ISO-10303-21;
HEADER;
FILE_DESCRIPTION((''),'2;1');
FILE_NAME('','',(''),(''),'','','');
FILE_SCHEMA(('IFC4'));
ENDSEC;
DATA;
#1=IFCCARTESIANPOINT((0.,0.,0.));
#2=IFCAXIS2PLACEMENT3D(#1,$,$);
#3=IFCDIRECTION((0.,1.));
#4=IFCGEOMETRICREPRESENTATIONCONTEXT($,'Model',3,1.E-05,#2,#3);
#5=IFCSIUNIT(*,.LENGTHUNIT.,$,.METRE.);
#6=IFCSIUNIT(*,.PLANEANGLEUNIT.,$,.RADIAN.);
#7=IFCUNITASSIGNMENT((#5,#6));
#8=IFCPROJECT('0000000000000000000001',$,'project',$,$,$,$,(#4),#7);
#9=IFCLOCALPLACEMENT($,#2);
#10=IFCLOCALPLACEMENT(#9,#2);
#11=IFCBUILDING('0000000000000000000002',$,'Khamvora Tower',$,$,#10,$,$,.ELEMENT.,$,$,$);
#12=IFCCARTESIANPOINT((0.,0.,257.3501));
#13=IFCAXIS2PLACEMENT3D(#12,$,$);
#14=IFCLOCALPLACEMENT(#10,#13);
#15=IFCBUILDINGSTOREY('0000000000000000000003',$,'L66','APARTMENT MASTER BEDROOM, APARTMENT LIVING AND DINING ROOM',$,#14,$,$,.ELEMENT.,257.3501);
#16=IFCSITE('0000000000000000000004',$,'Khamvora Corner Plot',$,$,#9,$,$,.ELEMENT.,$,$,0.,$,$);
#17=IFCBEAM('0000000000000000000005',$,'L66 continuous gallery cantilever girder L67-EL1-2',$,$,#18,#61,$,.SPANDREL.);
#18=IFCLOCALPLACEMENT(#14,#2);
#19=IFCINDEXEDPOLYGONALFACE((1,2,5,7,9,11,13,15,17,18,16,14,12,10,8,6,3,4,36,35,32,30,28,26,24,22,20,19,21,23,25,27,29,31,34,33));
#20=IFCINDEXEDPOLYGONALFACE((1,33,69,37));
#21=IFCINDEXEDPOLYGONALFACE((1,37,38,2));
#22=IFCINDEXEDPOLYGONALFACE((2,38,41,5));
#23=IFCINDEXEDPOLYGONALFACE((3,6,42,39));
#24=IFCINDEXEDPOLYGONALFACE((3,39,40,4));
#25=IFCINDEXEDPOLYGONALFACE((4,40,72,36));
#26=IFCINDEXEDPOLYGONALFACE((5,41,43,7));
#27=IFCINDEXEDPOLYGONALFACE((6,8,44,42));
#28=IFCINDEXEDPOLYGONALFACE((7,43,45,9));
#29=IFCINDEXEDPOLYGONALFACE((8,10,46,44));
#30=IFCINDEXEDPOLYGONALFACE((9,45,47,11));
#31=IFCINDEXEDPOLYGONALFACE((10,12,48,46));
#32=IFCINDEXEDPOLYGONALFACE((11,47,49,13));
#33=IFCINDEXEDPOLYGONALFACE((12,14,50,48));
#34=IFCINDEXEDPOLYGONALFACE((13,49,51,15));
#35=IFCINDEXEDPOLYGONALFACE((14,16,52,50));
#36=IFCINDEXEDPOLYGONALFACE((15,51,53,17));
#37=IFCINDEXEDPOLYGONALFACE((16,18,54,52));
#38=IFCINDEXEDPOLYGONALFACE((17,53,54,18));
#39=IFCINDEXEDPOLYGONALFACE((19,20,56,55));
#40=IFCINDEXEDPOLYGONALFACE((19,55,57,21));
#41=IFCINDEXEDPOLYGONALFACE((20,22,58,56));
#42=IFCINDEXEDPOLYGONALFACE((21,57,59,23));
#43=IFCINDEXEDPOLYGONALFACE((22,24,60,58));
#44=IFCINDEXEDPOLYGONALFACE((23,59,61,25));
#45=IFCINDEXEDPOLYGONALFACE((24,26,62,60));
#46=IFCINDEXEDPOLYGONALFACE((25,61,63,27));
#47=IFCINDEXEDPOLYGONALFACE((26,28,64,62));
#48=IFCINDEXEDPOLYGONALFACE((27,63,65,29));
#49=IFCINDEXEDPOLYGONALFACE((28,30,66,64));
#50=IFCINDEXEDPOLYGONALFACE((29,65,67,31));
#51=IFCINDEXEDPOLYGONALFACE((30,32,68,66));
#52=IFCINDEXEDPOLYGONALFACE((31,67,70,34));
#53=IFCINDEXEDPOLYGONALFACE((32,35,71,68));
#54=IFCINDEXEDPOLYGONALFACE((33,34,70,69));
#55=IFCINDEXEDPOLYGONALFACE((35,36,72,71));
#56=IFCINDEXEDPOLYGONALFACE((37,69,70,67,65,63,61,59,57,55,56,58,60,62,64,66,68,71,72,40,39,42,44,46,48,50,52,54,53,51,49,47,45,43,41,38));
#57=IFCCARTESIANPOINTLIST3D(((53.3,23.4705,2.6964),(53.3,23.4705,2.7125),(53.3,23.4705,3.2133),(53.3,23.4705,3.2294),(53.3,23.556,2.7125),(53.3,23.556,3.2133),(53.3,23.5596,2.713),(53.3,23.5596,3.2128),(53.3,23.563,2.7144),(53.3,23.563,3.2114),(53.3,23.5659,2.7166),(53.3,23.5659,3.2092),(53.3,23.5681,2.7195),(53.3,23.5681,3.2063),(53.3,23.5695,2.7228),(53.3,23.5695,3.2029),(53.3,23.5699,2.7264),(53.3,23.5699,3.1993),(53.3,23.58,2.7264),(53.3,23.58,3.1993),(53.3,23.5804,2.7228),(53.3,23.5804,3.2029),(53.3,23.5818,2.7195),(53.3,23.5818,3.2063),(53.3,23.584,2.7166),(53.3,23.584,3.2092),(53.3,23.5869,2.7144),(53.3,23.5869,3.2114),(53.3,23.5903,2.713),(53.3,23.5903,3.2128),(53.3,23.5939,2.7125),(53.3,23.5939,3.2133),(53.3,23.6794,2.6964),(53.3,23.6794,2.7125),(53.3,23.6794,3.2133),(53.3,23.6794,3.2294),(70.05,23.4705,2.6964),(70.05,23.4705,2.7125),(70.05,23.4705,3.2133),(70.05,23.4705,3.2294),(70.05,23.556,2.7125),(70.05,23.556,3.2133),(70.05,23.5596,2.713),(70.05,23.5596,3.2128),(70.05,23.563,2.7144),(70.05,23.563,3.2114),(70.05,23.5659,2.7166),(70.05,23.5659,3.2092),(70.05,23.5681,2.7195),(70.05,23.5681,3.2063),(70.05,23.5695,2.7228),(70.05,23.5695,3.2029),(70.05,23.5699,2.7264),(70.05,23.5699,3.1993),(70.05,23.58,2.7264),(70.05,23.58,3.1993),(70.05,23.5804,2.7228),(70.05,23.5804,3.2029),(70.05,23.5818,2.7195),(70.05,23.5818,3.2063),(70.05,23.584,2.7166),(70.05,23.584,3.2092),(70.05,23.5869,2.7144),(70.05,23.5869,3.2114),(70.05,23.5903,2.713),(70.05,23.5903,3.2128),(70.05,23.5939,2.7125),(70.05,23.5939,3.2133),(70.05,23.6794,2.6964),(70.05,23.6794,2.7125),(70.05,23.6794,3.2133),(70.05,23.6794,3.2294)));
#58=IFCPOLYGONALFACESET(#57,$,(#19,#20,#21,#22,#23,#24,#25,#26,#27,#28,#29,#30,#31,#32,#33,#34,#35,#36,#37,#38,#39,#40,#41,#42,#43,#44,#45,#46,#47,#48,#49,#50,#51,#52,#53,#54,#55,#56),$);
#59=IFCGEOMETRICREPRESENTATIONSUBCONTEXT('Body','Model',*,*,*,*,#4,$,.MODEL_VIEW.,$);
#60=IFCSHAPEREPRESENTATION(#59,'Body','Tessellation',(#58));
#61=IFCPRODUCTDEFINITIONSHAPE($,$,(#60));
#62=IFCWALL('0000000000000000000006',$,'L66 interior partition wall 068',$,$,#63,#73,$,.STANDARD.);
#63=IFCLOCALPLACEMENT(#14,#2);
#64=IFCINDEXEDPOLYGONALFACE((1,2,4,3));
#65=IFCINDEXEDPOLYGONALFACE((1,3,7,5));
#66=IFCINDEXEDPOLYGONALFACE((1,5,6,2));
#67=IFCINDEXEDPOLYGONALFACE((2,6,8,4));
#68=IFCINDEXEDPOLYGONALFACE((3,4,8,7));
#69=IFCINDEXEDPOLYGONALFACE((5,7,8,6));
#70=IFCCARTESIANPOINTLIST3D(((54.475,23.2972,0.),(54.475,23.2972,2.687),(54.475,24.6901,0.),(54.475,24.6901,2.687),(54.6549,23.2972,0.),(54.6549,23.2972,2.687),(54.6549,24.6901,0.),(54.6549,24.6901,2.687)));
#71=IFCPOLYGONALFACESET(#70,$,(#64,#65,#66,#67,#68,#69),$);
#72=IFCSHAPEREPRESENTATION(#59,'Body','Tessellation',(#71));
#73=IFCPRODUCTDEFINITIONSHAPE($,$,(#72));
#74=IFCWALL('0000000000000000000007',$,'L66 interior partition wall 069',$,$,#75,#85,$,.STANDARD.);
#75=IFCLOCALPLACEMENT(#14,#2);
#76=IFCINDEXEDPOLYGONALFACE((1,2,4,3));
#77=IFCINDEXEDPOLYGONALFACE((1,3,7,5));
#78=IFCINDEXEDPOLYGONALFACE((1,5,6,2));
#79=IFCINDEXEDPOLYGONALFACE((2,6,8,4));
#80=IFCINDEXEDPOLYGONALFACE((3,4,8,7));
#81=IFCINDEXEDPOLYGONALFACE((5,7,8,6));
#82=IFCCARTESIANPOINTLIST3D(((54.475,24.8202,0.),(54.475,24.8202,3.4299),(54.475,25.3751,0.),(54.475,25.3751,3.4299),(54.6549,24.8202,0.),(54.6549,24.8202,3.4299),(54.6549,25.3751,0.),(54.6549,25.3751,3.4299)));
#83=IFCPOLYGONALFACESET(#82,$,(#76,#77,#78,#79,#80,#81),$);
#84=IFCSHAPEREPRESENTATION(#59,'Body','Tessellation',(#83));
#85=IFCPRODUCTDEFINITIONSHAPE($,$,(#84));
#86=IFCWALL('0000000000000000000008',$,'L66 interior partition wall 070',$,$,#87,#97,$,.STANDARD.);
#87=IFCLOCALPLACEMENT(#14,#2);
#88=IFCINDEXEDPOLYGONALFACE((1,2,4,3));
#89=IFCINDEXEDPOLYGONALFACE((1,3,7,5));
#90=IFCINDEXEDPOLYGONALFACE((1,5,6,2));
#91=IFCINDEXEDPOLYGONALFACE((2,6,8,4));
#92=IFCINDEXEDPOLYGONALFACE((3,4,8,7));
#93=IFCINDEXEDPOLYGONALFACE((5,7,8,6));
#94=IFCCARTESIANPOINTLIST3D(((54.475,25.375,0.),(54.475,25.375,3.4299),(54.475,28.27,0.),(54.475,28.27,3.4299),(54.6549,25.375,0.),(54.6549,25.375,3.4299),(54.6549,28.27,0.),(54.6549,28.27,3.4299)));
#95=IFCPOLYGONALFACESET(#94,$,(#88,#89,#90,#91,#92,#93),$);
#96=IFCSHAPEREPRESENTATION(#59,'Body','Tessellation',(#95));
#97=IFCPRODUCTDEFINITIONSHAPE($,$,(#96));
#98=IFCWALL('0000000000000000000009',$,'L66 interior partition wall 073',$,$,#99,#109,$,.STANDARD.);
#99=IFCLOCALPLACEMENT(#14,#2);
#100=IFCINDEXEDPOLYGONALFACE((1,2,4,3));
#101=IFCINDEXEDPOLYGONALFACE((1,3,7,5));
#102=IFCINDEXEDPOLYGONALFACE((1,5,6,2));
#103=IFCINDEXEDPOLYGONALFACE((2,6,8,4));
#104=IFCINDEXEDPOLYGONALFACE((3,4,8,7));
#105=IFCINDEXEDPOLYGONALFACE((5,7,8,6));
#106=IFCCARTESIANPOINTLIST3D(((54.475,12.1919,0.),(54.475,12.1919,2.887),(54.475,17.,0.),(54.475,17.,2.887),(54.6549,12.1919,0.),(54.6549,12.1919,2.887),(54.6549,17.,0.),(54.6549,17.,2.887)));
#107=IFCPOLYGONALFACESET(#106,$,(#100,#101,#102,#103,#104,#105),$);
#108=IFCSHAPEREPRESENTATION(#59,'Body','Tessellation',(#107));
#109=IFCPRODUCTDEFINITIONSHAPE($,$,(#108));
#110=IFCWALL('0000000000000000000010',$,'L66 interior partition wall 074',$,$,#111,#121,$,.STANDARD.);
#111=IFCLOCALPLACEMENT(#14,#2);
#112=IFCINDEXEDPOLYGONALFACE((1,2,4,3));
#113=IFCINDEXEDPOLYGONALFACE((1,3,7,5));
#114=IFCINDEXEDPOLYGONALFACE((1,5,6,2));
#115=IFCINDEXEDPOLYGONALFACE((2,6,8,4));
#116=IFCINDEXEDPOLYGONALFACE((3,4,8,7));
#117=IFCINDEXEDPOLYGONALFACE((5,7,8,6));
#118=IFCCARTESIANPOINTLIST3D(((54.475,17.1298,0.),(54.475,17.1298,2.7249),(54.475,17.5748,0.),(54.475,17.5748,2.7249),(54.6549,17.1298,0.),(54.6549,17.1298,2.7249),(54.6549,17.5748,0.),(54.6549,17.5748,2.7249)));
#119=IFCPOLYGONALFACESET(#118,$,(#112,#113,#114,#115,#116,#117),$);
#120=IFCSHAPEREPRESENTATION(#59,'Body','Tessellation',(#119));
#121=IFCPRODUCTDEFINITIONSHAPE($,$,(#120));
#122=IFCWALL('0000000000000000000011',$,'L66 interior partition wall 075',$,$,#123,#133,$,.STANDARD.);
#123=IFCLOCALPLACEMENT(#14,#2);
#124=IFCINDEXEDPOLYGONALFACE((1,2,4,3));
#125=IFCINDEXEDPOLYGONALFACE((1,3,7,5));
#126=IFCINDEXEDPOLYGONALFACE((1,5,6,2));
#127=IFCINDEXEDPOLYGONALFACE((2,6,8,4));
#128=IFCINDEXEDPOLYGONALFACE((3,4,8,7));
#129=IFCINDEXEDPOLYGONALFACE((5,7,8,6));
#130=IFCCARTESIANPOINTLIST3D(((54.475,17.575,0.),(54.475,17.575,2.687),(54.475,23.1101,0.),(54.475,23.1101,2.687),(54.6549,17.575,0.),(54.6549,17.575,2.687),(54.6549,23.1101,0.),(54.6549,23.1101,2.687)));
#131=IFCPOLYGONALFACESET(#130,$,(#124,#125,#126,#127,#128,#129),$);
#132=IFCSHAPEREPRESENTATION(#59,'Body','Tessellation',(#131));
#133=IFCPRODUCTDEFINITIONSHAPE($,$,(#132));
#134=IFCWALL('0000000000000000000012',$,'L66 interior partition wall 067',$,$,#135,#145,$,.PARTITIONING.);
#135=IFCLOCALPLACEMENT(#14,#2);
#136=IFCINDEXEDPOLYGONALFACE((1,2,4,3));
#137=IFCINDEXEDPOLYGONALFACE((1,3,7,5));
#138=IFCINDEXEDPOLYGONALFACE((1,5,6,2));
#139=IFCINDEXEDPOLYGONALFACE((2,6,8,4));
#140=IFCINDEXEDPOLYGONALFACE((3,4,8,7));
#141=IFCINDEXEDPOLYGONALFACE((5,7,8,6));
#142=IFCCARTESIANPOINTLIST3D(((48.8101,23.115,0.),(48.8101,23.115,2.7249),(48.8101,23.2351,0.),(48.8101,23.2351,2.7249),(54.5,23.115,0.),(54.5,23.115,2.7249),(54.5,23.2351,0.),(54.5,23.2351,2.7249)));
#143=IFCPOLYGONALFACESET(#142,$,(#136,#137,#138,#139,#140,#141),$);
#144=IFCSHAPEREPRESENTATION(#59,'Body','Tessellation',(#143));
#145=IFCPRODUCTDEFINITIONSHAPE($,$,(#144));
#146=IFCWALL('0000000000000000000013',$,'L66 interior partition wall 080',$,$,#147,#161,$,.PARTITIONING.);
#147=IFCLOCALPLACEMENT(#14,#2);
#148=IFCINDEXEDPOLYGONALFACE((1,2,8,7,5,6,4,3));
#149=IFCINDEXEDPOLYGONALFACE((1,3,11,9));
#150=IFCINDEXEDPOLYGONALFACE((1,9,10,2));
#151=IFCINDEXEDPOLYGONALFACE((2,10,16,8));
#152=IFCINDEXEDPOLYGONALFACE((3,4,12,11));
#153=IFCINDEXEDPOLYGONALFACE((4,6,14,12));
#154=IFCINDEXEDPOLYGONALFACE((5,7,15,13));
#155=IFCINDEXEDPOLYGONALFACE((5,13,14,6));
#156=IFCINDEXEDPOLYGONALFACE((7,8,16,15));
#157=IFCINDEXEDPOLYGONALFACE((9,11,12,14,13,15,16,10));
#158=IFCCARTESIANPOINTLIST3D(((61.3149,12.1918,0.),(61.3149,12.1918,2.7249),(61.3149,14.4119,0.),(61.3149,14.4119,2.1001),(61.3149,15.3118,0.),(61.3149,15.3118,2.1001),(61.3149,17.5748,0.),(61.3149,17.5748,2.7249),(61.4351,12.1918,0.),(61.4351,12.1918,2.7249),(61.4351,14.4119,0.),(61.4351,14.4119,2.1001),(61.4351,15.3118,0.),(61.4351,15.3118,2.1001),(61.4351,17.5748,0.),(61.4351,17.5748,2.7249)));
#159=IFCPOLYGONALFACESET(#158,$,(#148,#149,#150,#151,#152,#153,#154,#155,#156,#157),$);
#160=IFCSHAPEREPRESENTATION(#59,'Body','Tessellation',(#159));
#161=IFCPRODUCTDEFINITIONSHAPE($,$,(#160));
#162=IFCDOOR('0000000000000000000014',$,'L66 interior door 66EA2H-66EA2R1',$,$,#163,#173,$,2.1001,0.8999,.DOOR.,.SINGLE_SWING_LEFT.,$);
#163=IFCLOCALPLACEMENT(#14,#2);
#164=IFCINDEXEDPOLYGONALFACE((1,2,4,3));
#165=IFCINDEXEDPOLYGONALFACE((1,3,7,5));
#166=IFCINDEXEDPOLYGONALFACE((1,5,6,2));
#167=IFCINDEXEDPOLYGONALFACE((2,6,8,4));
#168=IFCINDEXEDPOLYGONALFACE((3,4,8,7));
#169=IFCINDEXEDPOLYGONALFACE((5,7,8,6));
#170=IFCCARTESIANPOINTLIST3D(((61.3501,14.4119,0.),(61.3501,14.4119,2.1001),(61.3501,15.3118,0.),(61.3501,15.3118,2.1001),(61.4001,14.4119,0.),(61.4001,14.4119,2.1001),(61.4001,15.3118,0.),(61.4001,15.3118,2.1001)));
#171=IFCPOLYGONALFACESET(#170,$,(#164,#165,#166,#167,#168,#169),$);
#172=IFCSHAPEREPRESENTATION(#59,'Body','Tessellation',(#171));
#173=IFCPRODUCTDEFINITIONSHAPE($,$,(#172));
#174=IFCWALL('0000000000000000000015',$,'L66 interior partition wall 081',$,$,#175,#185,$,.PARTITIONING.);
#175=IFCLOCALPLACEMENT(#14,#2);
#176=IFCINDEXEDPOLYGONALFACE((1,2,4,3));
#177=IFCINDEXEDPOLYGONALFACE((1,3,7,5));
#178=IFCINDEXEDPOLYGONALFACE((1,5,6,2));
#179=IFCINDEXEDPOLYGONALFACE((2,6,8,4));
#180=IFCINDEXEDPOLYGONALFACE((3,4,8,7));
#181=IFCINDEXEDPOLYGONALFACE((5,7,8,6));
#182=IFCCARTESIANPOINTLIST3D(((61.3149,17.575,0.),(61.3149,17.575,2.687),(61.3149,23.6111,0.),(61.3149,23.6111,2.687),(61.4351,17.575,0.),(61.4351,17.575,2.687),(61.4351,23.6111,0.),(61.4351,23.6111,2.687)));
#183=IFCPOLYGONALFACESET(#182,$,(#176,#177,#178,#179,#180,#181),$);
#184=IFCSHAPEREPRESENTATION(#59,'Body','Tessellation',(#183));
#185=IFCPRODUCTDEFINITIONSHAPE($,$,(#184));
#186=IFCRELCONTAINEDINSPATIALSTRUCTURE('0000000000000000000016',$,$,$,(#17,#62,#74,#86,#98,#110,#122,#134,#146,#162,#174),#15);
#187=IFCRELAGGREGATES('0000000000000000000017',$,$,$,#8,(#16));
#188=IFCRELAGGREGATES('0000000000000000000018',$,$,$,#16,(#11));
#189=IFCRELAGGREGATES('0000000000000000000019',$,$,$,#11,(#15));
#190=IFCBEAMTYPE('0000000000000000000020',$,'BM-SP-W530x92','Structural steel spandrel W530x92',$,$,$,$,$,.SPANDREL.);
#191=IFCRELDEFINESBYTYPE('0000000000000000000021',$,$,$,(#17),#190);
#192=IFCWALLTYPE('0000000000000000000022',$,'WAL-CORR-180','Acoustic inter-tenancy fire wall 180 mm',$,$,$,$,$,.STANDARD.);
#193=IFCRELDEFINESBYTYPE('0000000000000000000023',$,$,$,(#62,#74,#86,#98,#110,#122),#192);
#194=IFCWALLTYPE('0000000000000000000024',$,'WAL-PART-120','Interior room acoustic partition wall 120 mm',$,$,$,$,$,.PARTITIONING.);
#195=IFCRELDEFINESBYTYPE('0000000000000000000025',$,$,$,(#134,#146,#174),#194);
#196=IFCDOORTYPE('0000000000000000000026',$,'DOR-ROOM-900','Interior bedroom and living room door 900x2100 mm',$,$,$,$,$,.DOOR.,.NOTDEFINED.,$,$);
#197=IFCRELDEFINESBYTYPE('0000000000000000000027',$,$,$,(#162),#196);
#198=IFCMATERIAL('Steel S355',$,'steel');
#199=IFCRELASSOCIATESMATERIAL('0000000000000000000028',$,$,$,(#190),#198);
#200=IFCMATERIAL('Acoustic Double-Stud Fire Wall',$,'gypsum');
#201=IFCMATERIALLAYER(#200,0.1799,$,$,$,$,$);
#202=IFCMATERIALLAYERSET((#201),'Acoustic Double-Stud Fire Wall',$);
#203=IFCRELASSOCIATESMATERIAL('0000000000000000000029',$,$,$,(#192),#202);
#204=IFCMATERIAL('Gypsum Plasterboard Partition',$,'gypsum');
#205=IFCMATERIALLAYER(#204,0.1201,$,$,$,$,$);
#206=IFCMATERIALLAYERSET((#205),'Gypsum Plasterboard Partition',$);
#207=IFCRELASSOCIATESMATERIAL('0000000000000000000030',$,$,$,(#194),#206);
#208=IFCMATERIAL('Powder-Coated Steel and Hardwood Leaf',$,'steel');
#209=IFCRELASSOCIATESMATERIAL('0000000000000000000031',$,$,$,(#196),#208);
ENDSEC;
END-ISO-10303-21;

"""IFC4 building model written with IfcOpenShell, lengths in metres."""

from ifc_helpers import new_model, si_unit, direction, frame, frame_2d, origin, origin_2d, place, context, subcontext, project, spatial, rectangle, i_section, extrude, material, layer, layer_set, material_profile, profile_set, type_object, element, fill, save


model = new_model("IFC4")

# Units and contexts
model_context = context("Model", 3, precision=1e-05, world=origin(), true_north=direction((0.0, 1.0)))
body_context = subcontext(model_context, "Body", "Model", "MODEL_VIEW")
ifc_project = project(units=[si_unit("LENGTHUNIT", "METRE"), si_unit("PLANEANGLEUNIT", "RADIAN")], contexts=[model_context])

# Site, building, storey
site_placement = place(None, origin())
site = spatial("IfcSite", under=ifc_project, at=site_placement, Name="Khamvora Corner Plot", CompositionType="ELEMENT", RefElevation=0.0)
building_placement = place(site_placement, origin())
building = spatial("IfcBuilding", under=site, at=building_placement, Name="Khamvora Tower", CompositionType="ELEMENT")
storey_placement = place(building_placement, frame((0.0, 0.0, 257.3501)))
storey = spatial("IfcBuildingStorey", under=building, at=storey_placement, Name="L66", Description="APARTMENT MASTER BEDROOM, APARTMENT LIVING AND DINING ROOM", CompositionType="ELEMENT", Elevation=257.3501)

# Beam
ifc_material_1 = material(Name="Steel S355", Category="steel")
ifc_material_profile_1 = material_profile(ifc_material_1, i_section(OverallWidth=0.209, OverallDepth=0.533, WebThickness=0.01, FlangeThickness=0.0161, FilletRadius=0.0139, at=origin_2d()), Name="W530x92")
ifc_profile_set_1 = profile_set([ifc_material_profile_1], Name="Steel S355")
beam_type_1 = type_object("IfcBeamType", Name="BM-SP-W530x92", Description="Structural steel spandrel W530x92", PredefinedType="SPANDREL", material=ifc_profile_set_1)
for number, where, z_axis, x_axis, name in (
    (1, (53.3, 23.575, 2.9629), (1.0, 0.0, 0.0), (0.0, 1.0, 0.0), "L66 continuous gallery cantilever girder L67-EL1-2"),
):
    element("IfcBeam", number, at=place(storey_placement, frame(where, z_axis=z_axis, x_axis=x_axis)), inside=storey, type_object=beam_type_1, Name=name, PredefinedType="SPANDREL", context=body_context, shape_type="SweptSolid", body=[
        extrude(i_section(OverallWidth=0.209, OverallDepth=0.533, WebThickness=0.01, FlangeThickness=0.0161, FilletRadius=0.0139, at=origin_2d()), origin(), (0.0, 0.0, 1.0), 16.75),
    ])

# Walls
ifc_material_2 = material(Name="Acoustic Double-Stud Fire Wall", Category="gypsum")
ifc_layer_1 = layer(ifc_material_2, 0.1799)
ifc_layer_set_1 = layer_set([ifc_layer_1], Name="Acoustic Double-Stud Fire Wall")
wall_type_1 = type_object("IfcWallType", Name="WAL-CORR-180", Description="Acoustic inter-tenancy fire wall 180 mm", PredefinedType="STANDARD", material=ifc_layer_set_1)
wall_1_placement = place(storey_placement, frame((54.5649, 24.6899, 0.0), z_axis=(0.0, 0.0, 1.0), x_axis=(0.0, -1.0, 0.0)))
element("IfcWall", 2, at=wall_1_placement, inside=storey, type_object=wall_type_1, Name="L66 interior partition wall 068", PredefinedType="STANDARD", context=body_context, shape_type="SweptSolid", body=[
    extrude(rectangle(XDim=1.3928, YDim=0.1799, at=frame_2d((0.6963, 0.0))), origin(), (0.0, 0.0, 1.0), 2.687),
])
wall_2_placement = place(storey_placement, frame((54.5649, 25.375, 0.0), z_axis=(0.0, 0.0, 1.0), x_axis=(0.0, -1.0, 0.0)))
element("IfcWall", 3, at=wall_2_placement, inside=storey, type_object=wall_type_1, Name="L66 interior partition wall 069", PredefinedType="STANDARD", context=body_context, shape_type="SweptSolid", body=[
    extrude(rectangle(XDim=0.5549, YDim=0.1799, at=frame_2d((0.2773, 0.0))), origin(), (0.0, 0.0, 1.0), 3.4299),
])
wall_3_placement = place(storey_placement, frame((54.5649, 28.27, 0.0), z_axis=(0.0, 0.0, 1.0), x_axis=(0.0, -1.0, 0.0)))
element("IfcWall", 4, at=wall_3_placement, inside=storey, type_object=wall_type_1, Name="L66 interior partition wall 070", PredefinedType="STANDARD", context=body_context, shape_type="SweptSolid", body=[
    extrude(rectangle(XDim=2.895, YDim=0.1799, at=frame_2d((1.4475, 0.0))), origin(), (0.0, 0.0, 1.0), 3.4299),
])
wall_4_placement = place(storey_placement, frame((54.5649, 17.0, 0.0), z_axis=(0.0, 0.0, 1.0), x_axis=(0.0, -1.0, 0.0)))
element("IfcWall", 5, at=wall_4_placement, inside=storey, type_object=wall_type_1, Name="L66 interior partition wall 073", PredefinedType="STANDARD", context=body_context, shape_type="SweptSolid", body=[
    extrude(rectangle(XDim=4.8081, YDim=0.1799, at=frame_2d((2.4041, 0.0))), origin(), (0.0, 0.0, 1.0), 2.887),
])
wall_5_placement = place(storey_placement, frame((54.5649, 17.575, 0.0), z_axis=(0.0, 0.0, 1.0), x_axis=(0.0, -1.0, 0.0)))
element("IfcWall", 6, at=wall_5_placement, inside=storey, type_object=wall_type_1, Name="L66 interior partition wall 074", PredefinedType="STANDARD", context=body_context, shape_type="SweptSolid", body=[
    extrude(rectangle(XDim=0.4451, YDim=0.1799, at=frame_2d((0.2227, 0.0))), origin(), (0.0, 0.0, 1.0), 2.7249),
])
wall_6_placement = place(storey_placement, frame((54.5649, 23.1101, 0.0), z_axis=(0.0, 0.0, 1.0), x_axis=(0.0, -1.0, 0.0)))
element("IfcWall", 7, at=wall_6_placement, inside=storey, type_object=wall_type_1, Name="L66 interior partition wall 075", PredefinedType="STANDARD", context=body_context, shape_type="SweptSolid", body=[
    extrude(rectangle(XDim=5.5352, YDim=0.1799, at=frame_2d((2.7676, 0.0))), origin(), (0.0, 0.0, 1.0), 2.687),
])
ifc_material_3 = material(Name="Gypsum Plasterboard Partition", Category="gypsum")
ifc_layer_2 = layer(ifc_material_3, 0.1201)
ifc_layer_set_2 = layer_set([ifc_layer_2], Name="Gypsum Plasterboard Partition")
wall_type_2 = type_object("IfcWallType", Name="WAL-PART-120", Description="Interior room acoustic partition wall 120 mm", PredefinedType="PARTITIONING", material=ifc_layer_set_2)
wall_7_placement = place(storey_placement, frame((54.5, 23.175, 0.0), z_axis=(0.0, 0.0, 1.0), x_axis=(-1.0, 0.0, 0.0)))
element("IfcWall", 8, at=wall_7_placement, inside=storey, type_object=wall_type_2, Name="L66 interior partition wall 067", PredefinedType="PARTITIONING", context=body_context, shape_type="SweptSolid", body=[
    extrude(rectangle(XDim=5.6899, YDim=0.1201, at=frame_2d((2.845, 0.0))), origin(), (0.0, 0.0, 1.0), 2.7249),
])

# Wall, opening, door
wall_8_placement = place(storey_placement, frame((61.375, 12.1919, 0.0), z_axis=(0.0, 0.0, 1.0), x_axis=(0.0, 1.0, 0.0)))
wall_8 = element("IfcWall", 9, at=wall_8_placement, inside=storey, type_object=wall_type_2, Name="L66 interior partition wall 080", PredefinedType="PARTITIONING", context=body_context, shape_type="SweptSolid", body=[
    extrude(rectangle(XDim=5.3831, YDim=0.1201, at=frame_2d((2.6914, 0.0))), origin(), (0.0, 0.0, 1.0), 2.7249),
])
opening_1_placement = place(wall_8_placement, frame((2.22, 0.0, 0.0)))
opening_1 = element("IfcOpeningElement", 10, at=opening_1_placement, cuts=wall_8, PredefinedType="OPENING", context=body_context, shape_type="SweptSolid", body=[
    extrude(rectangle(XDim=0.8999, YDim=2.1001, at=frame_2d((0.45, 1.05))), frame((0.0, 0.0701, 0.0), z_axis=(0.0, -1.0, 0.0), x_axis=(1.0, 0.0, 0.0)), (0.0, 0.0, 1.0), 0.1401),
])
ifc_material_4 = material(Name="Powder-Coated Steel and Hardwood Leaf", Category="steel")
door_type_1 = type_object("IfcDoorType", Name="DOR-ROOM-900", Description="Interior bedroom and living room door 900x2100 mm", OperationType="NOTDEFINED", PredefinedType="DOOR", material=ifc_material_4)
door_1_placement = place(opening_1_placement, origin())
door_1 = element("IfcDoor", 11, at=door_1_placement, inside=storey, type_object=door_type_1, Name="L66 interior door 66EA2H-66EA2R1", OperationType="SINGLE_SWING_LEFT", OverallHeight=2.1001, OverallWidth=0.8999, PredefinedType="DOOR", context=body_context, shape_type="SweptSolid", body=[
    extrude(rectangle(XDim=0.8999, YDim=2.1001, at=frame_2d((0.45, 1.05))), frame((0.0, 0.0249, 0.0), z_axis=(0.0, -1.0, 0.0), x_axis=(1.0, 0.0, 0.0)), (0.0, 0.0, 1.0), 0.05),
])
fill(opening_1, door_1)

# Wall
wall_9_placement = place(storey_placement, frame((61.375, 17.575, 0.0), z_axis=(0.0, 0.0, 1.0), x_axis=(0.0, 1.0, 0.0)))
element("IfcWall", 12, at=wall_9_placement, inside=storey, type_object=wall_type_2, Name="L66 interior partition wall 081", PredefinedType="PARTITIONING", context=body_context, shape_type="SweptSolid", body=[
    extrude(rectangle(XDim=6.0361, YDim=0.1201, at=frame_2d((3.0181, 0.0))), origin(), (0.0, 0.0, 1.0), 2.687),
])

save(model, "model.ifc")
